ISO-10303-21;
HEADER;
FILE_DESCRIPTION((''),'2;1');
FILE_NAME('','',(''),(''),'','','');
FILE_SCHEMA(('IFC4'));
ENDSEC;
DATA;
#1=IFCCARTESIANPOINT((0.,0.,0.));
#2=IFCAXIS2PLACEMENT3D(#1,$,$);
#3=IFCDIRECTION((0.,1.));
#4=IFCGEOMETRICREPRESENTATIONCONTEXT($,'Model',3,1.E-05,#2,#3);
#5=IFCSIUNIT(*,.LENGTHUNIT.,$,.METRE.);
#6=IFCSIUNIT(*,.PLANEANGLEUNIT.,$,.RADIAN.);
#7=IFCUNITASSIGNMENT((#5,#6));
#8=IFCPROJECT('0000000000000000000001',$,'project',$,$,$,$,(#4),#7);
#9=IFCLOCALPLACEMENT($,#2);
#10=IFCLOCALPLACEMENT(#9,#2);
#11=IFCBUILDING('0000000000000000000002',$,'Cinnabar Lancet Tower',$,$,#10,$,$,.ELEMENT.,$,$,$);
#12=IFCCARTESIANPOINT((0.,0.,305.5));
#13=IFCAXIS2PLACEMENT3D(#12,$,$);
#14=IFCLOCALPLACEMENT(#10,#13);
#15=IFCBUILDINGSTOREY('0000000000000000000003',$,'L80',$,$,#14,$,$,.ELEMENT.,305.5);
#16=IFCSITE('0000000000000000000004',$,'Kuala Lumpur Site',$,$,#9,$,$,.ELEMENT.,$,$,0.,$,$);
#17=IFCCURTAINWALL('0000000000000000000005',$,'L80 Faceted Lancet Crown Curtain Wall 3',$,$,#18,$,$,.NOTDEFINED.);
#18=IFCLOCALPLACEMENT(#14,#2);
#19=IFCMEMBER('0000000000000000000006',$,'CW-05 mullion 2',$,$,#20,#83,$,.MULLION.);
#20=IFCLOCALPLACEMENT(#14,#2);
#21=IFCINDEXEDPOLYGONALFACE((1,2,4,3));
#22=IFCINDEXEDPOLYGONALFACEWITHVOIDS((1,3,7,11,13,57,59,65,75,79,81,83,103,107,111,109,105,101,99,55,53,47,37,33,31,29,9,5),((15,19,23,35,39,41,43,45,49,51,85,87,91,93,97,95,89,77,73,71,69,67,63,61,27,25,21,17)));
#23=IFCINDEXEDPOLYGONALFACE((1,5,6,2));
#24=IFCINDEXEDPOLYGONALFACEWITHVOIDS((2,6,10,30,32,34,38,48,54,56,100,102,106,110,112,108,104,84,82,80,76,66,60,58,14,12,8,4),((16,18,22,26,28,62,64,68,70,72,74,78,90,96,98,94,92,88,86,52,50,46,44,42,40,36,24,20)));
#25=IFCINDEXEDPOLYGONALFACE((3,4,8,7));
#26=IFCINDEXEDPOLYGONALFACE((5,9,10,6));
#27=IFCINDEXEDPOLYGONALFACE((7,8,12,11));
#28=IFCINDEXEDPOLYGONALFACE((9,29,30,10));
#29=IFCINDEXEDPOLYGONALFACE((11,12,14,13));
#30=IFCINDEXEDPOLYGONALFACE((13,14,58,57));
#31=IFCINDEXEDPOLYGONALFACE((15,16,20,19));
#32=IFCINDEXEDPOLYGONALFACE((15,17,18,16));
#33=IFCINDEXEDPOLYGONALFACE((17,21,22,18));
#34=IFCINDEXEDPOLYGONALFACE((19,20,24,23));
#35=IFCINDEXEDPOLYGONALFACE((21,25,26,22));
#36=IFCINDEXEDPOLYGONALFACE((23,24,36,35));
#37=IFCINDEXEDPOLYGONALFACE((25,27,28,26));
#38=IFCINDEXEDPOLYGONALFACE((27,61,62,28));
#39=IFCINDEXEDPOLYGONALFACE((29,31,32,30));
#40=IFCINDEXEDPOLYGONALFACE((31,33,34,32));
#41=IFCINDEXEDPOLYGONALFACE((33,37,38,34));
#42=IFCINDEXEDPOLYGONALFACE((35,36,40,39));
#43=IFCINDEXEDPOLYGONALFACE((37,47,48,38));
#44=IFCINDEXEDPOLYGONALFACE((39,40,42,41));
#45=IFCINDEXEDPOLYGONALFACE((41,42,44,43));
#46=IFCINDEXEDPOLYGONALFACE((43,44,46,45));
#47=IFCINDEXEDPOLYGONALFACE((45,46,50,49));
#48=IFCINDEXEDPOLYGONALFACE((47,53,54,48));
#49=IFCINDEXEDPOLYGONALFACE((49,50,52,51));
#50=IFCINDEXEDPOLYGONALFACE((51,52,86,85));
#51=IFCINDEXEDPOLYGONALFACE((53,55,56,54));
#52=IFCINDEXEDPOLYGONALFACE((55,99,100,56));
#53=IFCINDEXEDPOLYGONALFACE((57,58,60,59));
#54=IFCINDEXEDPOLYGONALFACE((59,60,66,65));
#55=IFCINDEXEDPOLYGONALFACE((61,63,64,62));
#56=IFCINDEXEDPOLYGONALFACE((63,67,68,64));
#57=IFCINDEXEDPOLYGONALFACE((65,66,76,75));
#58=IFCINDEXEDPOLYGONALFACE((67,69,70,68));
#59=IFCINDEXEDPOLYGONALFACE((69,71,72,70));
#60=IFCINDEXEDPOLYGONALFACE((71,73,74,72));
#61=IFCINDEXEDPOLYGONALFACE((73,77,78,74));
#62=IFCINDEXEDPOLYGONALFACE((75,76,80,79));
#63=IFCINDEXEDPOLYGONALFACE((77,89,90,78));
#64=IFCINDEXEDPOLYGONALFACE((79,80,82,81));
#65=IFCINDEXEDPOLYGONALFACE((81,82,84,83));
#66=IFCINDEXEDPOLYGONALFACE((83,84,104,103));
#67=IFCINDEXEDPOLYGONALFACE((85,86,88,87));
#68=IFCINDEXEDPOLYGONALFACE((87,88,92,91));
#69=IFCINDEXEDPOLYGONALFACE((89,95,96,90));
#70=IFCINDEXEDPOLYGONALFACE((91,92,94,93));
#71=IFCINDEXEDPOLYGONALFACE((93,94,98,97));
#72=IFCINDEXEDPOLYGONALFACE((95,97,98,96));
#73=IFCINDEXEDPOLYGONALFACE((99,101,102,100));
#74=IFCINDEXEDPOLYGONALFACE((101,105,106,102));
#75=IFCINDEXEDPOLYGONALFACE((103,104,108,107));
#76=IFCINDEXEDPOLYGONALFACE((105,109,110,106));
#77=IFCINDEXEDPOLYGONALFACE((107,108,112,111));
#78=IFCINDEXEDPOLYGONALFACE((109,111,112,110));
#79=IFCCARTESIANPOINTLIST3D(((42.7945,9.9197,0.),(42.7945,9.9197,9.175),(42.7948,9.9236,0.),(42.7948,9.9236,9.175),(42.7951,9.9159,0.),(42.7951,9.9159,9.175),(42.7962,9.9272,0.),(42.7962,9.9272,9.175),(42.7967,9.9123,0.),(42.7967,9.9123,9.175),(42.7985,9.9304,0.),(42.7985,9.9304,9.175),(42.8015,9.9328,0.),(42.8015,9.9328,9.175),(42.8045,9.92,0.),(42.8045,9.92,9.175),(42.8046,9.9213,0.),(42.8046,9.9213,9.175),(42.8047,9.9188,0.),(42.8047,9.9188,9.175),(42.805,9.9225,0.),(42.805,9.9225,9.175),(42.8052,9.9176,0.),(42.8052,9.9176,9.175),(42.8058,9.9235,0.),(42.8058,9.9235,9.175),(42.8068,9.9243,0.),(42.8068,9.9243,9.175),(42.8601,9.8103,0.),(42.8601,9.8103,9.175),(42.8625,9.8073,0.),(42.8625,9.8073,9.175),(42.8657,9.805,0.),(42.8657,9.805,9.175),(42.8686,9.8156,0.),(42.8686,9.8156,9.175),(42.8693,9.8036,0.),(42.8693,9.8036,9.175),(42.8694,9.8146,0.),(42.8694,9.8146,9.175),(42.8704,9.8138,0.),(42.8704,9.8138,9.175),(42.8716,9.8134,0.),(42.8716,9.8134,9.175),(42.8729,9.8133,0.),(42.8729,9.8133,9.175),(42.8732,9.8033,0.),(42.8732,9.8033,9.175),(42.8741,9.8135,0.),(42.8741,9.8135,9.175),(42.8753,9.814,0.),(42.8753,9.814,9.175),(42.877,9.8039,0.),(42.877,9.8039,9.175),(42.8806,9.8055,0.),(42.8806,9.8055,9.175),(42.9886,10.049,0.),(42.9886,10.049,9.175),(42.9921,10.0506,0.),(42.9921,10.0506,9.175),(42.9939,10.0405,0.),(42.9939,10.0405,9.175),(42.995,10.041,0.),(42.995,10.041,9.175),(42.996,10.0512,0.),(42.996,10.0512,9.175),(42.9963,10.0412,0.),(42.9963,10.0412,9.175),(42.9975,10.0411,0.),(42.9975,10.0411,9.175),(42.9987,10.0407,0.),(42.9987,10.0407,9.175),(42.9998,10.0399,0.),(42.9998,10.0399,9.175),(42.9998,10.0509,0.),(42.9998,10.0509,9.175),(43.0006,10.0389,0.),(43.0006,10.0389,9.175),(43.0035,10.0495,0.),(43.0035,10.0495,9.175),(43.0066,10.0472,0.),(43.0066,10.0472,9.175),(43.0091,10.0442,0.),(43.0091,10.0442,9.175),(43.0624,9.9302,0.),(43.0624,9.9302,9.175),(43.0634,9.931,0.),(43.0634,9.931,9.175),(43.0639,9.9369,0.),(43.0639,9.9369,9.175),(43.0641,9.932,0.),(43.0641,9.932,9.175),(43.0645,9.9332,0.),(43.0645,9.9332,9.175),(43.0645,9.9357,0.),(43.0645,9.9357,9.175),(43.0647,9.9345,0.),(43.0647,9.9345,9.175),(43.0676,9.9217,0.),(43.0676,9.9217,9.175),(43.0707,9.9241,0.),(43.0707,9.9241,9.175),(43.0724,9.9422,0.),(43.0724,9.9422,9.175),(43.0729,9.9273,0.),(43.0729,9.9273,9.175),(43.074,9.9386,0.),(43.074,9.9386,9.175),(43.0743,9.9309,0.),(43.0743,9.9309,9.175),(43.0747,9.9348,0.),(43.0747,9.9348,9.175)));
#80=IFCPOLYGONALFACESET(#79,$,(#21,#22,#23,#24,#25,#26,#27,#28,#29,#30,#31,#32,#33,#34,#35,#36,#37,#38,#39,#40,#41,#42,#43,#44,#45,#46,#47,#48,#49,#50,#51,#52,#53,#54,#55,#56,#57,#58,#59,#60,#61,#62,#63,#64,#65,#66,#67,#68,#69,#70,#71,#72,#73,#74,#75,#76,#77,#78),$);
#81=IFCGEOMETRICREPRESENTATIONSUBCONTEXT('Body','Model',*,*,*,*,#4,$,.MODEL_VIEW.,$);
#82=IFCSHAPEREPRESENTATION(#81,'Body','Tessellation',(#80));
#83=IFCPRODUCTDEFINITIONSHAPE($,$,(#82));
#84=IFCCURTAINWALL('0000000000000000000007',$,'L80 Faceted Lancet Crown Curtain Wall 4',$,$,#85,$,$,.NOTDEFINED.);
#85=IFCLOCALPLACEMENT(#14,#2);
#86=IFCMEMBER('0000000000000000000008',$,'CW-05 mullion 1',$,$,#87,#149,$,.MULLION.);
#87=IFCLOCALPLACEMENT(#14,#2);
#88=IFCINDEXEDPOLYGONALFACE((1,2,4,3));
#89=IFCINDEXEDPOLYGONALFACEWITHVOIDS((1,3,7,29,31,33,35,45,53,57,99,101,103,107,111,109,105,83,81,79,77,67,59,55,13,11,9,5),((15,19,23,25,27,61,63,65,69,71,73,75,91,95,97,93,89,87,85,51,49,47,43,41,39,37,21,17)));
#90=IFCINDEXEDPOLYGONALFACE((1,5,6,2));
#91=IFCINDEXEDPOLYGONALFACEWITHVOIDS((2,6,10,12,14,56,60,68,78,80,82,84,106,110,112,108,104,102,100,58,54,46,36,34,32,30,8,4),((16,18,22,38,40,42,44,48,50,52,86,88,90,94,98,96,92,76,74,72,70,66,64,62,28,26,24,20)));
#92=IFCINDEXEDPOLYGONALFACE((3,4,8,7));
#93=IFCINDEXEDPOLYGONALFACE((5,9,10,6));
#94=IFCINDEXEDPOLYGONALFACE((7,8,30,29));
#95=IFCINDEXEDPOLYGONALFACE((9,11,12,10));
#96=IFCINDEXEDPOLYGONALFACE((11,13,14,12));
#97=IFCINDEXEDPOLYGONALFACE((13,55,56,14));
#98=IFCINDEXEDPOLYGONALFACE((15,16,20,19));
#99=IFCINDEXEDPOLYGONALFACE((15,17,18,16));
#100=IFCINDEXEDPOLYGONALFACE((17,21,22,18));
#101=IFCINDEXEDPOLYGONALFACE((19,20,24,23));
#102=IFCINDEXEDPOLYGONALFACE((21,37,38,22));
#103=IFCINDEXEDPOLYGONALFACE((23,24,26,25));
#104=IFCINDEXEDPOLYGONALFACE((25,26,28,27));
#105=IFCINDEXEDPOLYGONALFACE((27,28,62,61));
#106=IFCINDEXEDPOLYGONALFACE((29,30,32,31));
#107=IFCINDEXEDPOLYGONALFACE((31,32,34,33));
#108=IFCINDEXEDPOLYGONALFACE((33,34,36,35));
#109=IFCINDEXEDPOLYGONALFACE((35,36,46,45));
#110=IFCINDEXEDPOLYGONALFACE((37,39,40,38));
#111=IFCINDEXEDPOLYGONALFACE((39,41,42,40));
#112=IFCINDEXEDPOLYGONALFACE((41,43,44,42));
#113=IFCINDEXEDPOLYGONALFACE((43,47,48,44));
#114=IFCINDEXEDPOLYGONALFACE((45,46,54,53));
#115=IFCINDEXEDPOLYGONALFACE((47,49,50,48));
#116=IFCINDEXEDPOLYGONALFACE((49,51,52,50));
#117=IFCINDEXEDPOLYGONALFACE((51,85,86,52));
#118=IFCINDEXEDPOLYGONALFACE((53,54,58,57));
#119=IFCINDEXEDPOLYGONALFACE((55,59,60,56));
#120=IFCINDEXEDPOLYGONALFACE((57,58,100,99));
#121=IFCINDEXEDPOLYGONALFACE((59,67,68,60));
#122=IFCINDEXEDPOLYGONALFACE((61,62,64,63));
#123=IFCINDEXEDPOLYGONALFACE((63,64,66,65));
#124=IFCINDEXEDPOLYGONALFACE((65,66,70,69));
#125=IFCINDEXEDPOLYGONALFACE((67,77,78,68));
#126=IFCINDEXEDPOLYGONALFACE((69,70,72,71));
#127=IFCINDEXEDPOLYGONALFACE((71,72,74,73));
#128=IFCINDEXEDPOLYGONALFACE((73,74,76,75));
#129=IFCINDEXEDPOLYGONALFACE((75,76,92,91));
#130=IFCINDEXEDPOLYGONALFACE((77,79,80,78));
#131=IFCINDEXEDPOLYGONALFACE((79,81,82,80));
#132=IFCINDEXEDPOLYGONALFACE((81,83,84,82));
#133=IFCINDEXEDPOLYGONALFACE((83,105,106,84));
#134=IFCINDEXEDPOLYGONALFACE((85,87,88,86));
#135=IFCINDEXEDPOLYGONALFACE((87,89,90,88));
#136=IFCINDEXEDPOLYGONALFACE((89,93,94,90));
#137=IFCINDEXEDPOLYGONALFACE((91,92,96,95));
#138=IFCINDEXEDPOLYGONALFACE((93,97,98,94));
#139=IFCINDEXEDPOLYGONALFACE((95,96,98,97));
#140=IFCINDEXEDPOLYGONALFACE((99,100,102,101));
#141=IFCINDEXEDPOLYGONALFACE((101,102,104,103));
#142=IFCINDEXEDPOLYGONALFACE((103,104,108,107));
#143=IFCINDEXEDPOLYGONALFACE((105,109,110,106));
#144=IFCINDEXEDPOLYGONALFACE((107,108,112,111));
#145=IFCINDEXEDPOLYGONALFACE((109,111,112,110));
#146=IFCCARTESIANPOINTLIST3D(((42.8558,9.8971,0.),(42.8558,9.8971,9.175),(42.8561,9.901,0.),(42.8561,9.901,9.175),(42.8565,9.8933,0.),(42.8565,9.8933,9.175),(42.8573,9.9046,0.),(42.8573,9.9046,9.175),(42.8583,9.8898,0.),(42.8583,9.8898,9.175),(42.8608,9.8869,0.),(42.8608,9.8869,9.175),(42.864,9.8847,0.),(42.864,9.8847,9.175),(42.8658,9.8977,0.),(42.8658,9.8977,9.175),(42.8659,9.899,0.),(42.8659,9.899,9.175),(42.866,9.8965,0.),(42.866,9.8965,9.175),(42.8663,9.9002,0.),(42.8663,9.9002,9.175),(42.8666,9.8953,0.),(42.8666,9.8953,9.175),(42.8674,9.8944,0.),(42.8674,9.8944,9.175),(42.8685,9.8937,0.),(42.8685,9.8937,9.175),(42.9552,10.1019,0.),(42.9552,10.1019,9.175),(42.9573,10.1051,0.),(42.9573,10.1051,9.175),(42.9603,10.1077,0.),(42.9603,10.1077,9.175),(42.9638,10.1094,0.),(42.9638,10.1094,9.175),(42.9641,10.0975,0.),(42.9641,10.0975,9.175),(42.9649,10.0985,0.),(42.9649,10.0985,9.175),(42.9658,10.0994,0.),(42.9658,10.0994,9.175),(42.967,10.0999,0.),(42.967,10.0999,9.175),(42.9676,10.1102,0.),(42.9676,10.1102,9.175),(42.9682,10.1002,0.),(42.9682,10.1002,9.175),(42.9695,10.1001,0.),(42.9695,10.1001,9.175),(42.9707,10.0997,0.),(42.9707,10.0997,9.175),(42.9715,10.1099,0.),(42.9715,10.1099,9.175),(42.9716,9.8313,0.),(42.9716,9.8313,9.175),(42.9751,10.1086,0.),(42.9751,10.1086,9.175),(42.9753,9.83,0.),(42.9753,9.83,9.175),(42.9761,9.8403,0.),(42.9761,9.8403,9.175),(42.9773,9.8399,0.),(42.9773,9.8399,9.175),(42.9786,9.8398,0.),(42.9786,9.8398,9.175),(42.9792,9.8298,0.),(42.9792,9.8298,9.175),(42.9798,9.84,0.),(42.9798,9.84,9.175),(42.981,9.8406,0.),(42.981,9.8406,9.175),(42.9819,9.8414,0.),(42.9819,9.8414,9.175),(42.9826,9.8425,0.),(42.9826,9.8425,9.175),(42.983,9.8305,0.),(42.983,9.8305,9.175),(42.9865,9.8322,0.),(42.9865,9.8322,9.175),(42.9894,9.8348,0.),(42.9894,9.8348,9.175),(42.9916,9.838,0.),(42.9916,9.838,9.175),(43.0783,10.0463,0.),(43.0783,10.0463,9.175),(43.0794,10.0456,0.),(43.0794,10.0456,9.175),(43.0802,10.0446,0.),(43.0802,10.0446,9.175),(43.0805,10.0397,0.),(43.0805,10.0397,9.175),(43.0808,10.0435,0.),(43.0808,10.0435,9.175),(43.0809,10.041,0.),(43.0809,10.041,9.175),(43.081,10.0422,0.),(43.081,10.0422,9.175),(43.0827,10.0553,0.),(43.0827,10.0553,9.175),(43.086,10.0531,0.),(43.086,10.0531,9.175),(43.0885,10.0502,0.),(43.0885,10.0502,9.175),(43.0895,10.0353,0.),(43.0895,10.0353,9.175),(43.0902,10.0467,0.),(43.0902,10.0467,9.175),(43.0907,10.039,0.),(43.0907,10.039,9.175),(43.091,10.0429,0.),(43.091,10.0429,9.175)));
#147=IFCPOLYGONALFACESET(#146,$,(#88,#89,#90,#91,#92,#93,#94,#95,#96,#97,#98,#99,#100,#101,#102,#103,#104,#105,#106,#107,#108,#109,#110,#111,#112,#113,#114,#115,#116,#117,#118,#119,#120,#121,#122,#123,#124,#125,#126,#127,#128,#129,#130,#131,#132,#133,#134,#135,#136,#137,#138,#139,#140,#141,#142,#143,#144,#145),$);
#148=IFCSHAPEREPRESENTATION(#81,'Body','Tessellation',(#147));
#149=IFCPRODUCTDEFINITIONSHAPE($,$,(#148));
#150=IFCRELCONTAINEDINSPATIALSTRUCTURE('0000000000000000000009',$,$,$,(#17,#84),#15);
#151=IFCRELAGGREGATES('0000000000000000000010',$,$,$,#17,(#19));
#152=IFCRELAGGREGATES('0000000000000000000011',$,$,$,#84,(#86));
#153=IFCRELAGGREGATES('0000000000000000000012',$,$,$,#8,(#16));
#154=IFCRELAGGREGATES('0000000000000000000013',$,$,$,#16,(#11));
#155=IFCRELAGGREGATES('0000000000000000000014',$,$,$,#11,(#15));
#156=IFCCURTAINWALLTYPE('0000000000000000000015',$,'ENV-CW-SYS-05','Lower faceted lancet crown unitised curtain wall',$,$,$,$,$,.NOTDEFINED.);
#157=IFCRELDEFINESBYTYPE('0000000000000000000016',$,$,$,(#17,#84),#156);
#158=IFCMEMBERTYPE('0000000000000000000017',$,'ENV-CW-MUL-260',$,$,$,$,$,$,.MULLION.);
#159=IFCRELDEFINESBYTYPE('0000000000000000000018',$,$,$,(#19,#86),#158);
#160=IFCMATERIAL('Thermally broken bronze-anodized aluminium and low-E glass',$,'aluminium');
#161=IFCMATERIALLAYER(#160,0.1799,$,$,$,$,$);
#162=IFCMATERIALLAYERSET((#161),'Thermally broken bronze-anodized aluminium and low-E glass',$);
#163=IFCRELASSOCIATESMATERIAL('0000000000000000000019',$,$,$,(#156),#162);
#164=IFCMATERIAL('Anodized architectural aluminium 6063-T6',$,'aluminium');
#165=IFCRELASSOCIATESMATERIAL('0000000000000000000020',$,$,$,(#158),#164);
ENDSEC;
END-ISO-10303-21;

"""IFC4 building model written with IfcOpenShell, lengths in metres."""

from ifc_helpers import new_model, si_unit, direction, frame, origin, origin_2d, place, context, subcontext, project, spatial, hollow_rectangle, extrude, material, layer, layer_set, material_profile, profile_set, type_object, element, aggregate, save


model = new_model("IFC4")

# Units and contexts
model_context = context("Model", 3, precision=1e-05, world=origin(), true_north=direction((0.0, 1.0)))
body_context = subcontext(model_context, "Body", "Model", "MODEL_VIEW")
ifc_project = project(units=[si_unit("LENGTHUNIT", "METRE"), si_unit("PLANEANGLEUNIT", "RADIAN")], contexts=[model_context])

# Site, building, storey
site_placement = place(None, origin())
site = spatial("IfcSite", under=ifc_project, at=site_placement, Name="Kuala Lumpur Site", CompositionType="ELEMENT", RefElevation=0.0)
building_placement = place(site_placement, origin())
building = spatial("IfcBuilding", under=site, at=building_placement, Name="Cinnabar Lancet Tower", CompositionType="ELEMENT")
storey_placement = place(building_placement, frame((0.0, 0.0, 305.5)))
storey = spatial("IfcBuildingStorey", under=building, at=storey_placement, Name="L80", CompositionType="ELEMENT", Elevation=305.5)

# Curtain wall, member
ifc_material_1 = material(Name="Thermally broken bronze-anodized aluminium and low-E glass", Category="aluminium")
ifc_layer_1 = layer(ifc_material_1, 0.1799)
ifc_layer_set_1 = layer_set([ifc_layer_1], Name="Thermally broken bronze-anodized aluminium and low-E glass")
curtain_wall_type = type_object("IfcCurtainWallType", Name="ENV-CW-SYS-05", Description="Lower faceted lancet crown unitised curtain wall", PredefinedType="NOTDEFINED", material=ifc_layer_set_1)
curtain_wall_1_placement = place(storey_placement, origin())
curtain_wall_1 = element("IfcCurtainWall", 1, at=curtain_wall_1_placement, inside=storey, type_object=curtain_wall_type, Name="L80 Faceted Lancet Crown Curtain Wall 3", PredefinedType="NOTDEFINED")
ifc_material_2 = material(Name="Anodized architectural aluminium 6063-T6", Category="aluminium")
ifc_material_profile_1 = material_profile(ifc_material_2, hollow_rectangle(XDim=0.1499, YDim=0.25, WallThickness=0.01, InnerFilletRadius=0.0049, OuterFilletRadius=0.0149, at=origin_2d()), Name="RHS 250x150x10")
ifc_profile_set_1 = profile_set([ifc_material_profile_1], Name="Anodized architectural aluminium 6063-T6")
member_type_1 = type_object("IfcMemberType", Name="ENV-CW-MUL-260", PredefinedType="MULLION", material=ifc_profile_set_1)
member_1_placement = place(storey_placement, frame((42.9346, 9.9272, 0.0), z_axis=(0.0, 0.0, 1.0), x_axis=(-0.527496, 0.849557, 0.0)))
member_1 = element("IfcMember", 2, at=member_1_placement, type_object=member_type_1, Name="CW-05 mullion 2", PredefinedType="MULLION", context=body_context, shape_type="SweptSolid", body=[
    extrude(hollow_rectangle(XDim=0.1499, YDim=0.25, WallThickness=0.01, InnerFilletRadius=0.0049, OuterFilletRadius=0.0149, at=origin_2d()), origin(), (0.0, 0.0, 1.0), 9.175),
])

# Curtain wall, member
curtain_wall_2_placement = place(storey_placement, origin())
curtain_wall_2 = element("IfcCurtainWall", 3, at=curtain_wall_2_placement, inside=storey, type_object=curtain_wall_type, Name="L80 Faceted Lancet Crown Curtain Wall 4", PredefinedType="NOTDEFINED")
member_2_placement = place(storey_placement, frame((42.9734, 9.97, 0.0), z_axis=(0.0, 0.0, 1.0), x_axis=(-0.89582, 0.444416, 0.0)))
member_2 = element("IfcMember", 4, at=member_2_placement, type_object=member_type_1, Name="CW-05 mullion 1", PredefinedType="MULLION", context=body_context, shape_type="SweptSolid", body=[
    extrude(hollow_rectangle(XDim=0.1499, YDim=0.25, WallThickness=0.01, InnerFilletRadius=0.0049, OuterFilletRadius=0.0149, at=origin_2d()), origin(), (0.0, 0.0, 1.0), 9.175),
])

aggregate(curtain_wall_1, [member_1])
aggregate(curtain_wall_2, [member_2])

save(model, "model.ifc")
